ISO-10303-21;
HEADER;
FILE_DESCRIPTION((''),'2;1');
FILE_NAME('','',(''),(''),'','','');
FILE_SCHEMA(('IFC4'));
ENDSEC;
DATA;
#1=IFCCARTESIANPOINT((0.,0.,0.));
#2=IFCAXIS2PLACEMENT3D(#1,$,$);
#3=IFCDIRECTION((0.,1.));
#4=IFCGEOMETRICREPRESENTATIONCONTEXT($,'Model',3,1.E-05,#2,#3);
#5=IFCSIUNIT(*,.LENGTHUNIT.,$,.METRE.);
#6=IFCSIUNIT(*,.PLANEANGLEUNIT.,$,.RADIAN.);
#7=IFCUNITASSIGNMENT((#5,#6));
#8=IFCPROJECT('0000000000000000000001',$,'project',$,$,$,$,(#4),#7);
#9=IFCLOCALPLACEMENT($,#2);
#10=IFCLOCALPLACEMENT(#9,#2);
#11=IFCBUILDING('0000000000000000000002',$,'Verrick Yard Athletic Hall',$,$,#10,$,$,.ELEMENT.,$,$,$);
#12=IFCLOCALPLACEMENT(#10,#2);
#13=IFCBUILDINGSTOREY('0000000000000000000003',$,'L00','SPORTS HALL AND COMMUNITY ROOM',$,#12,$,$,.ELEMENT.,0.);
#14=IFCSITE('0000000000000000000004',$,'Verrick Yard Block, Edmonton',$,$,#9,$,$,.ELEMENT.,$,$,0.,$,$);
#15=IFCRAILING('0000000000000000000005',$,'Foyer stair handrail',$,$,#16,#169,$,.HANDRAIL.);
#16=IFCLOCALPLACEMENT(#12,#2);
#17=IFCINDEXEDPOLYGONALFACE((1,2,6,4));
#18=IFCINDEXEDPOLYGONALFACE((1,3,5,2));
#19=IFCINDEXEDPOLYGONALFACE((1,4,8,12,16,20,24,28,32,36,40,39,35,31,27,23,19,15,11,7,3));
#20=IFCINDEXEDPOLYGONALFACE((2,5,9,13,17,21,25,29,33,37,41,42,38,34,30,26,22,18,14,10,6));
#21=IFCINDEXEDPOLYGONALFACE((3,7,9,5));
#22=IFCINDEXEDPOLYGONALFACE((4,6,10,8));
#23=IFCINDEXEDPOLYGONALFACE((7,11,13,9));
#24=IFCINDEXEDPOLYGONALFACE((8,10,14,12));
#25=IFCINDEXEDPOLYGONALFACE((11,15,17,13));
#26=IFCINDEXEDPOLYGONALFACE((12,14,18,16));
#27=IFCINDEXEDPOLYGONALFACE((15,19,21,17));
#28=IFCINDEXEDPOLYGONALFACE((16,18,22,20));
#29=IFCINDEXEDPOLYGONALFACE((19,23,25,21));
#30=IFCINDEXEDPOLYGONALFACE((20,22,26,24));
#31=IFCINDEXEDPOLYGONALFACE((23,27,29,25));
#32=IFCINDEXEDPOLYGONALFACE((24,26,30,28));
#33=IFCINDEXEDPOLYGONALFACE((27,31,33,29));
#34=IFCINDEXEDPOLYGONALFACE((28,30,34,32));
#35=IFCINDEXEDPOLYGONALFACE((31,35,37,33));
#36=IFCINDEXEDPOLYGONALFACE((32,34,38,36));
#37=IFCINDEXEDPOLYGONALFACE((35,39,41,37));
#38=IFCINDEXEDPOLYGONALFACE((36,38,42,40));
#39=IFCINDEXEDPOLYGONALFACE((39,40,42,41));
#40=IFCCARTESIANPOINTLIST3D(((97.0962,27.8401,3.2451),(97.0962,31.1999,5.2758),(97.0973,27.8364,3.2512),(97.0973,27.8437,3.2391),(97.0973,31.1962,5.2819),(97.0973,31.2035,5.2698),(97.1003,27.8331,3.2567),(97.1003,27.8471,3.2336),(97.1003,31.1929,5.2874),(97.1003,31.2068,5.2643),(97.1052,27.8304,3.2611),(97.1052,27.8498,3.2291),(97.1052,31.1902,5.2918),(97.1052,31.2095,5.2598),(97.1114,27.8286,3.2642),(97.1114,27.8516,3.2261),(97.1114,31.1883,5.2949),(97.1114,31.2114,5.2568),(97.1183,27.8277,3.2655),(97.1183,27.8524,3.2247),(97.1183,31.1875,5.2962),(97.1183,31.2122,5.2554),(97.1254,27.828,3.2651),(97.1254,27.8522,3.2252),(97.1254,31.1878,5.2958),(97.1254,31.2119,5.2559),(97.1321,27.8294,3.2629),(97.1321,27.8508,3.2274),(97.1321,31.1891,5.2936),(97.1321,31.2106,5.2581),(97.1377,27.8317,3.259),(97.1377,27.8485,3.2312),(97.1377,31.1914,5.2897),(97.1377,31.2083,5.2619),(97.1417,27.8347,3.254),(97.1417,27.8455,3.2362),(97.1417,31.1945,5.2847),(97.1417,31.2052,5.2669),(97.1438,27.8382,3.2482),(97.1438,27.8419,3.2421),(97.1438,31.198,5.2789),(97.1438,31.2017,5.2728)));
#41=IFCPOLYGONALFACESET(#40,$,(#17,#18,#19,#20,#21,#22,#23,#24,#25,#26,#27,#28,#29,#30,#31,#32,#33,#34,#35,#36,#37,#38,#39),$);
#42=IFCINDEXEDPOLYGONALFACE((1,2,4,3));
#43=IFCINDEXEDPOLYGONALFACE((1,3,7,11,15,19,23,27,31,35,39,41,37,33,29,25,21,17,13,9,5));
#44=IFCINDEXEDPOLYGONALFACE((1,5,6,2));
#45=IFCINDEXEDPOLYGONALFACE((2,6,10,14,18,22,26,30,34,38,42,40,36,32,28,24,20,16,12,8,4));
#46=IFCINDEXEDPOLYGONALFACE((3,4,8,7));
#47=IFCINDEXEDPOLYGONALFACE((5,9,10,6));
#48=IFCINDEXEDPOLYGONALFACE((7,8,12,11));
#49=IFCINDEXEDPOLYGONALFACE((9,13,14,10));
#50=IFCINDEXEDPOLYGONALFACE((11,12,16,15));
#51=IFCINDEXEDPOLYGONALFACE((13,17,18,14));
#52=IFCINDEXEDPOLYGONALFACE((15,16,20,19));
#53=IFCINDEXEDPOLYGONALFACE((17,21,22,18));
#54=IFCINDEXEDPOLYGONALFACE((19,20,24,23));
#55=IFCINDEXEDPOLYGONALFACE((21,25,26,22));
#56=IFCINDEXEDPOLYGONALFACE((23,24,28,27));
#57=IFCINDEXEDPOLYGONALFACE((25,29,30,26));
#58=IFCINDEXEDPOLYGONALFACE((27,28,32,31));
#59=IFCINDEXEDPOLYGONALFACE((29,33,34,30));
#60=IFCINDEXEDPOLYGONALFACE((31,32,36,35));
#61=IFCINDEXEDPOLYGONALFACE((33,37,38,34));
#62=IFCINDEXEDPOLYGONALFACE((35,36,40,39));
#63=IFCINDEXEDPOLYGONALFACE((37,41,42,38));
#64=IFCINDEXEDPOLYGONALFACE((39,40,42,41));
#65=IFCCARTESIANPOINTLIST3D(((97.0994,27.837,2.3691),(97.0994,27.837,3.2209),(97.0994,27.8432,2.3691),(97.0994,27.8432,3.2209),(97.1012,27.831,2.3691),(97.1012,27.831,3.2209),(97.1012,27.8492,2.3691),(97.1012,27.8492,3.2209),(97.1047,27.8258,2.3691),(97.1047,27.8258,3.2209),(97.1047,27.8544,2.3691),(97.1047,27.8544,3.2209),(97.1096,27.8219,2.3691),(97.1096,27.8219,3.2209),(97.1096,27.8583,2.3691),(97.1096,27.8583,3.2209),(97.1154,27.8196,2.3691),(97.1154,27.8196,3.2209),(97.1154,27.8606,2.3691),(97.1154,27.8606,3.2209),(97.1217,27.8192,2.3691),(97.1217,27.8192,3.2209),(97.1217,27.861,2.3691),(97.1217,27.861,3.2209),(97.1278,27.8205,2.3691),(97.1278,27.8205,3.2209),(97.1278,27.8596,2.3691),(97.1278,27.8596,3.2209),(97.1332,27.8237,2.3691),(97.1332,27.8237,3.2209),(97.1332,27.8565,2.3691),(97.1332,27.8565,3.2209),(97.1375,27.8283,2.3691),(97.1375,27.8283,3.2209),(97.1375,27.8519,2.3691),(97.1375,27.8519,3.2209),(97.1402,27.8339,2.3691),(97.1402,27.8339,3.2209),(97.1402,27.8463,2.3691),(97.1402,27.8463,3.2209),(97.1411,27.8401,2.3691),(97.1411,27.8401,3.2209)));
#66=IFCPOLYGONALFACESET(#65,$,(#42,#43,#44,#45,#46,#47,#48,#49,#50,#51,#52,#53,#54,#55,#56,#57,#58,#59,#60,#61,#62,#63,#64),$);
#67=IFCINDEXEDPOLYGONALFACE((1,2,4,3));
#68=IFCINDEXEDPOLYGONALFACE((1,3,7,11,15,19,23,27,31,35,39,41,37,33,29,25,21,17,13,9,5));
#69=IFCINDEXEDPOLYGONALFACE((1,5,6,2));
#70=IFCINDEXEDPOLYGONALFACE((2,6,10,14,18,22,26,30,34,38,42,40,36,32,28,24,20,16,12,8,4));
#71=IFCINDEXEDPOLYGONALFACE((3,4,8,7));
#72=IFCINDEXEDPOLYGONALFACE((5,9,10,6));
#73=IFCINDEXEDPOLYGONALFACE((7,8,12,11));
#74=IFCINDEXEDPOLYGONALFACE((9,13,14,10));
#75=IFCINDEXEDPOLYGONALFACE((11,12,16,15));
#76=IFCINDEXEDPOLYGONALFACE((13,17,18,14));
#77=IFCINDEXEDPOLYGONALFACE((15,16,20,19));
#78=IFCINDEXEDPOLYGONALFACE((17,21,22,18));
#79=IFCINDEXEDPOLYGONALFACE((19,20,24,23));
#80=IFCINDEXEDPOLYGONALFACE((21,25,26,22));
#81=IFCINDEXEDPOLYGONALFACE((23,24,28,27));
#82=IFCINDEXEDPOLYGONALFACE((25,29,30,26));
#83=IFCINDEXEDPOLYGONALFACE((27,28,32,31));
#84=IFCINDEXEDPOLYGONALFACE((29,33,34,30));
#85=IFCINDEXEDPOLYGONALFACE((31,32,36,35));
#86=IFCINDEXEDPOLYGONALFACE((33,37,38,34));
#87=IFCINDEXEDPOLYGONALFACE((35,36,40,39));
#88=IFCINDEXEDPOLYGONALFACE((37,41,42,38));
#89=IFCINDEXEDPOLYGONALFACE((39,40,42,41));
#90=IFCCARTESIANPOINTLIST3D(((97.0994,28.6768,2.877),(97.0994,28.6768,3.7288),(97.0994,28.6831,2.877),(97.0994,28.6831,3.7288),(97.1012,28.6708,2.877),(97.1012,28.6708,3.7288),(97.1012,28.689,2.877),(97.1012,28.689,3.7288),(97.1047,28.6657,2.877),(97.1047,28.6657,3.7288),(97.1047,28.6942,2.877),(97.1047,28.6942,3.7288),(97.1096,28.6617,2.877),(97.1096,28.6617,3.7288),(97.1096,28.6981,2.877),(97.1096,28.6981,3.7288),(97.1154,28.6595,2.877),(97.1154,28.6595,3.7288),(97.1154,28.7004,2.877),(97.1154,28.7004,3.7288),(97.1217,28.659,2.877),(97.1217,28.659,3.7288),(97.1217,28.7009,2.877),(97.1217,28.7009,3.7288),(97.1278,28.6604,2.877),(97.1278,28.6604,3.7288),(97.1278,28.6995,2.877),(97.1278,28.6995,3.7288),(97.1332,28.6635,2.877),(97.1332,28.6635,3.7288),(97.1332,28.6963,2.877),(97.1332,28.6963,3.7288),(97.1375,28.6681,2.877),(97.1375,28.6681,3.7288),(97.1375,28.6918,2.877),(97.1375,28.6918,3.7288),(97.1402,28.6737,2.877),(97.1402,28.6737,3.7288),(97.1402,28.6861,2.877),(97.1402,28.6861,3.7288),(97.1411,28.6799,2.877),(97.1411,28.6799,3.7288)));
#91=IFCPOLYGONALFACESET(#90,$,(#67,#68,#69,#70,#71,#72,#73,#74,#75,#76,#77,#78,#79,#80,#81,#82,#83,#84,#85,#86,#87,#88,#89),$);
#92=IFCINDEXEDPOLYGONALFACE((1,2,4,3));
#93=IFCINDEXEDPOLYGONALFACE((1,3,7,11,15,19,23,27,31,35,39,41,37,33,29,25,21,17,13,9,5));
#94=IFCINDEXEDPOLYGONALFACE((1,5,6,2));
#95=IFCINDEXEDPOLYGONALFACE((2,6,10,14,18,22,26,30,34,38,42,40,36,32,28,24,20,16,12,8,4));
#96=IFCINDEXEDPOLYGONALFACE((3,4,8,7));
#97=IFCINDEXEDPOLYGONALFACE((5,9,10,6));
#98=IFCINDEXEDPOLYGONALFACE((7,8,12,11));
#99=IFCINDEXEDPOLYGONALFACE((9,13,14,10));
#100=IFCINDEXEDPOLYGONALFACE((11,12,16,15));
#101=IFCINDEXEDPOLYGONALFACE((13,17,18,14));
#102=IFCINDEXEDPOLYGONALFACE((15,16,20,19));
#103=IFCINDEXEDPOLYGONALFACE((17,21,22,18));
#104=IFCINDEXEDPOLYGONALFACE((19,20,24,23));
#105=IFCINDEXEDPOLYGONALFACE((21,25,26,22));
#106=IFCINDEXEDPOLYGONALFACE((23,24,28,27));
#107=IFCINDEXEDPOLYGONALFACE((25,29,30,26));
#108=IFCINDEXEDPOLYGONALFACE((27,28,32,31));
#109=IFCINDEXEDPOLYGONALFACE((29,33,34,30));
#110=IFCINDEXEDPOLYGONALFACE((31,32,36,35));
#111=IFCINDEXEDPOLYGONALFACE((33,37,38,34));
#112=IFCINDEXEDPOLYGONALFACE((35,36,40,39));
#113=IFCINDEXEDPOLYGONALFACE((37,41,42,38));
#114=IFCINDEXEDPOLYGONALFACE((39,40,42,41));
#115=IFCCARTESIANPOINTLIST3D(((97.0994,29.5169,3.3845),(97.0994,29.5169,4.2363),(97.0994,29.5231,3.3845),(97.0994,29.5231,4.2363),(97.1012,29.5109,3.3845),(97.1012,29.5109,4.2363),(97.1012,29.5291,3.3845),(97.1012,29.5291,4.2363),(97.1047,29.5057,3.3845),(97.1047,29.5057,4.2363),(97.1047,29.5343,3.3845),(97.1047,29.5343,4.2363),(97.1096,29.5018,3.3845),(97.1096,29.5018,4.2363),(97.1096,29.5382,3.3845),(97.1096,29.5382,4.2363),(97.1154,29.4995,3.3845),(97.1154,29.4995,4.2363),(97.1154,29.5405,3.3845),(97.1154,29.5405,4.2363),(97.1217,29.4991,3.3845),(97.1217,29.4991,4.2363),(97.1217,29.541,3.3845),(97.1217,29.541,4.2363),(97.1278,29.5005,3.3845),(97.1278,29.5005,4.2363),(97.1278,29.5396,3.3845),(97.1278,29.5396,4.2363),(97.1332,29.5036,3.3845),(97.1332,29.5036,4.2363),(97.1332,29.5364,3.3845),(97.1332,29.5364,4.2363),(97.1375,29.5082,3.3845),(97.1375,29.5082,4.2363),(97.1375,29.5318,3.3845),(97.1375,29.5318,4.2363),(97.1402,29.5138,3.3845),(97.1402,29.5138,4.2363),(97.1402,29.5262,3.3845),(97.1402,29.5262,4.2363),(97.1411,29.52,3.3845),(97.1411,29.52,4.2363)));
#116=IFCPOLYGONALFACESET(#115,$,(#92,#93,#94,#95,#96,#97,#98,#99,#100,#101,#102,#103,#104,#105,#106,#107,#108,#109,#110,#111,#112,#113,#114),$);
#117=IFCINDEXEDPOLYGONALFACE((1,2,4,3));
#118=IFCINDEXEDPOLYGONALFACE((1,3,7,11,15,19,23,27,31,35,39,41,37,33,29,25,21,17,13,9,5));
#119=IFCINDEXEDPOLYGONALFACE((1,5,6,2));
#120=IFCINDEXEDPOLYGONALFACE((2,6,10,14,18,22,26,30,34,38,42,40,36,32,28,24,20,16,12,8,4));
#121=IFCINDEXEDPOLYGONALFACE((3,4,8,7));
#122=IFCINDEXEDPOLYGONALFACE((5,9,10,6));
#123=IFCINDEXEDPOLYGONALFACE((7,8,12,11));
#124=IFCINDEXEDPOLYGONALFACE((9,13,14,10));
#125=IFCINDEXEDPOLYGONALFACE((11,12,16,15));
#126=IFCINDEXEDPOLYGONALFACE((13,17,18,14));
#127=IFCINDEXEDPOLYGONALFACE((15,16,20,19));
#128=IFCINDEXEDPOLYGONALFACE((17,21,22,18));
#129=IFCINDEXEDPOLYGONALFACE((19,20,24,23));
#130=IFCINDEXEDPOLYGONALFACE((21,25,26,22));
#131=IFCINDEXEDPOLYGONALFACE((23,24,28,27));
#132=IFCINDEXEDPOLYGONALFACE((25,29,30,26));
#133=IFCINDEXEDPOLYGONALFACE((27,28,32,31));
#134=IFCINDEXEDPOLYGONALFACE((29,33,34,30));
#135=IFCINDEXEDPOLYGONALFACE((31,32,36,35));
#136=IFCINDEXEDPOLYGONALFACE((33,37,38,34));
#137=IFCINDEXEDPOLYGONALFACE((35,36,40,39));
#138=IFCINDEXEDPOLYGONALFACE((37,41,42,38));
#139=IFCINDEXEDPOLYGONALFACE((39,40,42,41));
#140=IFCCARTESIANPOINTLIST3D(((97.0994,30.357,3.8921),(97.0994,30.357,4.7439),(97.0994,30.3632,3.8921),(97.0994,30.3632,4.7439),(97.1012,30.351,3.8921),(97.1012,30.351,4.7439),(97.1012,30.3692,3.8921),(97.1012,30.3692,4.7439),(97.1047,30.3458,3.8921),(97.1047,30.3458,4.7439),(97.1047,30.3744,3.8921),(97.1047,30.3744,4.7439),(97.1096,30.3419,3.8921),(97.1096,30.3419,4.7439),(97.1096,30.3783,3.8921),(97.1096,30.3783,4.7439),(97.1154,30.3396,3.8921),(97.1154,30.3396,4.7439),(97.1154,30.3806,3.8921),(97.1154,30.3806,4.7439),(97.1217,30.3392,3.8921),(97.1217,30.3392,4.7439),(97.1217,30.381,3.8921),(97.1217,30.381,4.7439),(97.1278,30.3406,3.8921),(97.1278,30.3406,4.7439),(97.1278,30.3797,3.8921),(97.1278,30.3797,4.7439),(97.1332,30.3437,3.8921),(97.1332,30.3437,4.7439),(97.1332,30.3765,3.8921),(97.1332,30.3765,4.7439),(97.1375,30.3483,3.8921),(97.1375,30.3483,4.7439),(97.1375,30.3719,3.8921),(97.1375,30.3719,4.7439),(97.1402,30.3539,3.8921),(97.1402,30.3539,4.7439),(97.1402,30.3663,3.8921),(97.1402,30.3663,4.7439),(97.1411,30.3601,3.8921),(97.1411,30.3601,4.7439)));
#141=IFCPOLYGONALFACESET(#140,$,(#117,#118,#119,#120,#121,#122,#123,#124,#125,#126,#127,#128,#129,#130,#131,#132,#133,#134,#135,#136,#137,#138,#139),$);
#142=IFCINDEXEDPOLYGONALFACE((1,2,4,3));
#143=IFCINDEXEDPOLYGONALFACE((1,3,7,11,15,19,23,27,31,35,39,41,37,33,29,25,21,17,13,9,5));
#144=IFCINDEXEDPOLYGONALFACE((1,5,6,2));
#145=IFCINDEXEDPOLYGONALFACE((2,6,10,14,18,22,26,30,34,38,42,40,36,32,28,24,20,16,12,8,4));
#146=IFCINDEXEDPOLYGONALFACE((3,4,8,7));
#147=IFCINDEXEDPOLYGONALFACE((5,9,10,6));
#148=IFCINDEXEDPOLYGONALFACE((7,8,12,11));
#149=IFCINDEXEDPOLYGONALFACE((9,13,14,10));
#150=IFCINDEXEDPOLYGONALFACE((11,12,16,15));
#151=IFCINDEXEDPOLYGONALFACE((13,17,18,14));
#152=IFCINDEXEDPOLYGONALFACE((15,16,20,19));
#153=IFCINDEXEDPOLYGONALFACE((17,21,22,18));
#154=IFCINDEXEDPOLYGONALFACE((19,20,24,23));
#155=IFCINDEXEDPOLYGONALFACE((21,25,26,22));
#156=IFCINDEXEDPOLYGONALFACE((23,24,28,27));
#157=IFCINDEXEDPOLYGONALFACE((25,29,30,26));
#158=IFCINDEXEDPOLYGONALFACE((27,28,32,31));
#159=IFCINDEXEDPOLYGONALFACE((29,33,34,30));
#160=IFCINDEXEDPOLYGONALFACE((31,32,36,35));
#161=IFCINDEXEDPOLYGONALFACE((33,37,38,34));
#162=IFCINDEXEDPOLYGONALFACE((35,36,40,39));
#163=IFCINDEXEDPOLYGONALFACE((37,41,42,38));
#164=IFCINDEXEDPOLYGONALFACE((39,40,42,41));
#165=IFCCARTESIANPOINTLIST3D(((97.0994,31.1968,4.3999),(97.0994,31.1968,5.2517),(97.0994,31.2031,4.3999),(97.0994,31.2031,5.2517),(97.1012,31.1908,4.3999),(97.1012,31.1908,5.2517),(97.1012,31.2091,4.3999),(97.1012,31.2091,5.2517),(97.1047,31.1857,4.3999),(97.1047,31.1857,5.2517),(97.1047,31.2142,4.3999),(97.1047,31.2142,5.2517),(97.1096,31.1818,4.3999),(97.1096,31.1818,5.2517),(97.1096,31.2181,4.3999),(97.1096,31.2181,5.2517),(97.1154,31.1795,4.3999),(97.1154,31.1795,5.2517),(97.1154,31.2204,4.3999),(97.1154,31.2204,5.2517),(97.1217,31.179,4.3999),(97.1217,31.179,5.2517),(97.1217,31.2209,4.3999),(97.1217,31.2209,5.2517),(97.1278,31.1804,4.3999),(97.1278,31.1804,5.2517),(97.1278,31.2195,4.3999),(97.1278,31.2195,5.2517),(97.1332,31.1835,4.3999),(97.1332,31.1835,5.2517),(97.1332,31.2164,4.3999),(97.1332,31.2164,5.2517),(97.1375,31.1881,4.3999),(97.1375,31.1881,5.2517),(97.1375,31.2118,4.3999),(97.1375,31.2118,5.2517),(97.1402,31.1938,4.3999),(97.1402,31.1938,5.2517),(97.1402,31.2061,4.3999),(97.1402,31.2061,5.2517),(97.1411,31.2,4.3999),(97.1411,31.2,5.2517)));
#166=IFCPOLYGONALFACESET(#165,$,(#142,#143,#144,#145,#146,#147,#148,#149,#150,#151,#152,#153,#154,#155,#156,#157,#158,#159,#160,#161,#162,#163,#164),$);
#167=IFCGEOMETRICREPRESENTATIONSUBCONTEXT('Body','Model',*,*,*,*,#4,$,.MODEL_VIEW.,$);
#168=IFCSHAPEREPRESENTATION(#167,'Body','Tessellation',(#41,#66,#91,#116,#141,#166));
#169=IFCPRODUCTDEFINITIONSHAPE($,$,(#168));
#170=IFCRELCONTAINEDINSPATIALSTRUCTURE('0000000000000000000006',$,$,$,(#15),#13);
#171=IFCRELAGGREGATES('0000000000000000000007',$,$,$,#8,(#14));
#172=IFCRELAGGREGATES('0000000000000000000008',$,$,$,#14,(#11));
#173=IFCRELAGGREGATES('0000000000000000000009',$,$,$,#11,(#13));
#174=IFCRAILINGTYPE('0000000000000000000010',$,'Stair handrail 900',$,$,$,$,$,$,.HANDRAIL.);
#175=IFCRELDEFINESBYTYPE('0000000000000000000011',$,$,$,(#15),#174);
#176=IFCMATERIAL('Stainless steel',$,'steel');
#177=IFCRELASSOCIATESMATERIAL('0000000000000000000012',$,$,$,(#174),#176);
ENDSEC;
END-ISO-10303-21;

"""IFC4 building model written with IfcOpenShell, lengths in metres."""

from ifc_helpers import new_model, si_unit, direction, frame, origin, origin_2d, place, context, subcontext, project, spatial, circle, extrude, material, type_object, element, save


model = new_model("IFC4")

# Units and contexts
model_context = context("Model", 3, precision=1e-05, world=origin(), true_north=direction((0.0, 1.0)))
body_context = subcontext(model_context, "Body", "Model", "MODEL_VIEW")
ifc_project = project(units=[si_unit("LENGTHUNIT", "METRE"), si_unit("PLANEANGLEUNIT", "RADIAN")], contexts=[model_context])

# Site, building, storey
site_placement = place(None, origin())
site = spatial("IfcSite", under=ifc_project, at=site_placement, Name="Verrick Yard Block, Edmonton", CompositionType="ELEMENT", RefElevation=0.0)
building_placement = place(site_placement, origin())
building = spatial("IfcBuilding", under=site, at=building_placement, Name="Verrick Yard Athletic Hall", CompositionType="ELEMENT")
storey_placement = place(building_placement, origin())
storey = spatial("IfcBuildingStorey", under=building, at=storey_placement, Name="L00", Description="SPORTS HALL AND COMMUNITY ROOM", CompositionType="ELEMENT", Elevation=0.0)

# Railing
ifc_material_1 = material(Name="Stainless steel", Category="steel")
railing_type_1 = type_object("IfcRailingType", Name="Stair handrail 900", PredefinedType="HANDRAIL", material=ifc_material_1)
for number, where, name in (
    (1, (97.1201, 27.8401, 2.3691), "Foyer stair handrail"),
):
    element("IfcRailing", number, at=place(storey_placement, frame(where)), inside=storey, type_object=railing_type_1, Name=name, PredefinedType="HANDRAIL", context=body_context, shape_type="SweptSolid", body=[
        extrude(circle(Radius=0.0239, at=origin_2d()), frame((0.0, 0.0, 0.876), z_axis=(0.0, 0.85582, 0.517273), x_axis=(-1.0, 0.0, 0.0)), (0.0, 0.0, 1.0), 3.9258),
        extrude(circle(Radius=0.021, at=origin_2d()), origin(), (0.0, 0.0, 1.0), 0.8518),
        extrude(circle(Radius=0.021, at=origin_2d()), frame((0.0, 0.8398, 0.5078)), (0.0, 0.0, 1.0), 0.8518),
        extrude(circle(Radius=0.021, at=origin_2d()), frame((0.0, 1.6799, 1.0154)), (0.0, 0.0, 1.0), 0.8518),
        extrude(circle(Radius=0.021, at=origin_2d()), frame((0.0, 2.52, 1.5229)), (0.0, 0.0, 1.0), 0.8518),
        extrude(circle(Radius=0.021, at=origin_2d()), frame((0.0, 3.3599, 2.0308)), (0.0, 0.0, 1.0), 0.8518),
    ])

save(model, "model.ifc")
